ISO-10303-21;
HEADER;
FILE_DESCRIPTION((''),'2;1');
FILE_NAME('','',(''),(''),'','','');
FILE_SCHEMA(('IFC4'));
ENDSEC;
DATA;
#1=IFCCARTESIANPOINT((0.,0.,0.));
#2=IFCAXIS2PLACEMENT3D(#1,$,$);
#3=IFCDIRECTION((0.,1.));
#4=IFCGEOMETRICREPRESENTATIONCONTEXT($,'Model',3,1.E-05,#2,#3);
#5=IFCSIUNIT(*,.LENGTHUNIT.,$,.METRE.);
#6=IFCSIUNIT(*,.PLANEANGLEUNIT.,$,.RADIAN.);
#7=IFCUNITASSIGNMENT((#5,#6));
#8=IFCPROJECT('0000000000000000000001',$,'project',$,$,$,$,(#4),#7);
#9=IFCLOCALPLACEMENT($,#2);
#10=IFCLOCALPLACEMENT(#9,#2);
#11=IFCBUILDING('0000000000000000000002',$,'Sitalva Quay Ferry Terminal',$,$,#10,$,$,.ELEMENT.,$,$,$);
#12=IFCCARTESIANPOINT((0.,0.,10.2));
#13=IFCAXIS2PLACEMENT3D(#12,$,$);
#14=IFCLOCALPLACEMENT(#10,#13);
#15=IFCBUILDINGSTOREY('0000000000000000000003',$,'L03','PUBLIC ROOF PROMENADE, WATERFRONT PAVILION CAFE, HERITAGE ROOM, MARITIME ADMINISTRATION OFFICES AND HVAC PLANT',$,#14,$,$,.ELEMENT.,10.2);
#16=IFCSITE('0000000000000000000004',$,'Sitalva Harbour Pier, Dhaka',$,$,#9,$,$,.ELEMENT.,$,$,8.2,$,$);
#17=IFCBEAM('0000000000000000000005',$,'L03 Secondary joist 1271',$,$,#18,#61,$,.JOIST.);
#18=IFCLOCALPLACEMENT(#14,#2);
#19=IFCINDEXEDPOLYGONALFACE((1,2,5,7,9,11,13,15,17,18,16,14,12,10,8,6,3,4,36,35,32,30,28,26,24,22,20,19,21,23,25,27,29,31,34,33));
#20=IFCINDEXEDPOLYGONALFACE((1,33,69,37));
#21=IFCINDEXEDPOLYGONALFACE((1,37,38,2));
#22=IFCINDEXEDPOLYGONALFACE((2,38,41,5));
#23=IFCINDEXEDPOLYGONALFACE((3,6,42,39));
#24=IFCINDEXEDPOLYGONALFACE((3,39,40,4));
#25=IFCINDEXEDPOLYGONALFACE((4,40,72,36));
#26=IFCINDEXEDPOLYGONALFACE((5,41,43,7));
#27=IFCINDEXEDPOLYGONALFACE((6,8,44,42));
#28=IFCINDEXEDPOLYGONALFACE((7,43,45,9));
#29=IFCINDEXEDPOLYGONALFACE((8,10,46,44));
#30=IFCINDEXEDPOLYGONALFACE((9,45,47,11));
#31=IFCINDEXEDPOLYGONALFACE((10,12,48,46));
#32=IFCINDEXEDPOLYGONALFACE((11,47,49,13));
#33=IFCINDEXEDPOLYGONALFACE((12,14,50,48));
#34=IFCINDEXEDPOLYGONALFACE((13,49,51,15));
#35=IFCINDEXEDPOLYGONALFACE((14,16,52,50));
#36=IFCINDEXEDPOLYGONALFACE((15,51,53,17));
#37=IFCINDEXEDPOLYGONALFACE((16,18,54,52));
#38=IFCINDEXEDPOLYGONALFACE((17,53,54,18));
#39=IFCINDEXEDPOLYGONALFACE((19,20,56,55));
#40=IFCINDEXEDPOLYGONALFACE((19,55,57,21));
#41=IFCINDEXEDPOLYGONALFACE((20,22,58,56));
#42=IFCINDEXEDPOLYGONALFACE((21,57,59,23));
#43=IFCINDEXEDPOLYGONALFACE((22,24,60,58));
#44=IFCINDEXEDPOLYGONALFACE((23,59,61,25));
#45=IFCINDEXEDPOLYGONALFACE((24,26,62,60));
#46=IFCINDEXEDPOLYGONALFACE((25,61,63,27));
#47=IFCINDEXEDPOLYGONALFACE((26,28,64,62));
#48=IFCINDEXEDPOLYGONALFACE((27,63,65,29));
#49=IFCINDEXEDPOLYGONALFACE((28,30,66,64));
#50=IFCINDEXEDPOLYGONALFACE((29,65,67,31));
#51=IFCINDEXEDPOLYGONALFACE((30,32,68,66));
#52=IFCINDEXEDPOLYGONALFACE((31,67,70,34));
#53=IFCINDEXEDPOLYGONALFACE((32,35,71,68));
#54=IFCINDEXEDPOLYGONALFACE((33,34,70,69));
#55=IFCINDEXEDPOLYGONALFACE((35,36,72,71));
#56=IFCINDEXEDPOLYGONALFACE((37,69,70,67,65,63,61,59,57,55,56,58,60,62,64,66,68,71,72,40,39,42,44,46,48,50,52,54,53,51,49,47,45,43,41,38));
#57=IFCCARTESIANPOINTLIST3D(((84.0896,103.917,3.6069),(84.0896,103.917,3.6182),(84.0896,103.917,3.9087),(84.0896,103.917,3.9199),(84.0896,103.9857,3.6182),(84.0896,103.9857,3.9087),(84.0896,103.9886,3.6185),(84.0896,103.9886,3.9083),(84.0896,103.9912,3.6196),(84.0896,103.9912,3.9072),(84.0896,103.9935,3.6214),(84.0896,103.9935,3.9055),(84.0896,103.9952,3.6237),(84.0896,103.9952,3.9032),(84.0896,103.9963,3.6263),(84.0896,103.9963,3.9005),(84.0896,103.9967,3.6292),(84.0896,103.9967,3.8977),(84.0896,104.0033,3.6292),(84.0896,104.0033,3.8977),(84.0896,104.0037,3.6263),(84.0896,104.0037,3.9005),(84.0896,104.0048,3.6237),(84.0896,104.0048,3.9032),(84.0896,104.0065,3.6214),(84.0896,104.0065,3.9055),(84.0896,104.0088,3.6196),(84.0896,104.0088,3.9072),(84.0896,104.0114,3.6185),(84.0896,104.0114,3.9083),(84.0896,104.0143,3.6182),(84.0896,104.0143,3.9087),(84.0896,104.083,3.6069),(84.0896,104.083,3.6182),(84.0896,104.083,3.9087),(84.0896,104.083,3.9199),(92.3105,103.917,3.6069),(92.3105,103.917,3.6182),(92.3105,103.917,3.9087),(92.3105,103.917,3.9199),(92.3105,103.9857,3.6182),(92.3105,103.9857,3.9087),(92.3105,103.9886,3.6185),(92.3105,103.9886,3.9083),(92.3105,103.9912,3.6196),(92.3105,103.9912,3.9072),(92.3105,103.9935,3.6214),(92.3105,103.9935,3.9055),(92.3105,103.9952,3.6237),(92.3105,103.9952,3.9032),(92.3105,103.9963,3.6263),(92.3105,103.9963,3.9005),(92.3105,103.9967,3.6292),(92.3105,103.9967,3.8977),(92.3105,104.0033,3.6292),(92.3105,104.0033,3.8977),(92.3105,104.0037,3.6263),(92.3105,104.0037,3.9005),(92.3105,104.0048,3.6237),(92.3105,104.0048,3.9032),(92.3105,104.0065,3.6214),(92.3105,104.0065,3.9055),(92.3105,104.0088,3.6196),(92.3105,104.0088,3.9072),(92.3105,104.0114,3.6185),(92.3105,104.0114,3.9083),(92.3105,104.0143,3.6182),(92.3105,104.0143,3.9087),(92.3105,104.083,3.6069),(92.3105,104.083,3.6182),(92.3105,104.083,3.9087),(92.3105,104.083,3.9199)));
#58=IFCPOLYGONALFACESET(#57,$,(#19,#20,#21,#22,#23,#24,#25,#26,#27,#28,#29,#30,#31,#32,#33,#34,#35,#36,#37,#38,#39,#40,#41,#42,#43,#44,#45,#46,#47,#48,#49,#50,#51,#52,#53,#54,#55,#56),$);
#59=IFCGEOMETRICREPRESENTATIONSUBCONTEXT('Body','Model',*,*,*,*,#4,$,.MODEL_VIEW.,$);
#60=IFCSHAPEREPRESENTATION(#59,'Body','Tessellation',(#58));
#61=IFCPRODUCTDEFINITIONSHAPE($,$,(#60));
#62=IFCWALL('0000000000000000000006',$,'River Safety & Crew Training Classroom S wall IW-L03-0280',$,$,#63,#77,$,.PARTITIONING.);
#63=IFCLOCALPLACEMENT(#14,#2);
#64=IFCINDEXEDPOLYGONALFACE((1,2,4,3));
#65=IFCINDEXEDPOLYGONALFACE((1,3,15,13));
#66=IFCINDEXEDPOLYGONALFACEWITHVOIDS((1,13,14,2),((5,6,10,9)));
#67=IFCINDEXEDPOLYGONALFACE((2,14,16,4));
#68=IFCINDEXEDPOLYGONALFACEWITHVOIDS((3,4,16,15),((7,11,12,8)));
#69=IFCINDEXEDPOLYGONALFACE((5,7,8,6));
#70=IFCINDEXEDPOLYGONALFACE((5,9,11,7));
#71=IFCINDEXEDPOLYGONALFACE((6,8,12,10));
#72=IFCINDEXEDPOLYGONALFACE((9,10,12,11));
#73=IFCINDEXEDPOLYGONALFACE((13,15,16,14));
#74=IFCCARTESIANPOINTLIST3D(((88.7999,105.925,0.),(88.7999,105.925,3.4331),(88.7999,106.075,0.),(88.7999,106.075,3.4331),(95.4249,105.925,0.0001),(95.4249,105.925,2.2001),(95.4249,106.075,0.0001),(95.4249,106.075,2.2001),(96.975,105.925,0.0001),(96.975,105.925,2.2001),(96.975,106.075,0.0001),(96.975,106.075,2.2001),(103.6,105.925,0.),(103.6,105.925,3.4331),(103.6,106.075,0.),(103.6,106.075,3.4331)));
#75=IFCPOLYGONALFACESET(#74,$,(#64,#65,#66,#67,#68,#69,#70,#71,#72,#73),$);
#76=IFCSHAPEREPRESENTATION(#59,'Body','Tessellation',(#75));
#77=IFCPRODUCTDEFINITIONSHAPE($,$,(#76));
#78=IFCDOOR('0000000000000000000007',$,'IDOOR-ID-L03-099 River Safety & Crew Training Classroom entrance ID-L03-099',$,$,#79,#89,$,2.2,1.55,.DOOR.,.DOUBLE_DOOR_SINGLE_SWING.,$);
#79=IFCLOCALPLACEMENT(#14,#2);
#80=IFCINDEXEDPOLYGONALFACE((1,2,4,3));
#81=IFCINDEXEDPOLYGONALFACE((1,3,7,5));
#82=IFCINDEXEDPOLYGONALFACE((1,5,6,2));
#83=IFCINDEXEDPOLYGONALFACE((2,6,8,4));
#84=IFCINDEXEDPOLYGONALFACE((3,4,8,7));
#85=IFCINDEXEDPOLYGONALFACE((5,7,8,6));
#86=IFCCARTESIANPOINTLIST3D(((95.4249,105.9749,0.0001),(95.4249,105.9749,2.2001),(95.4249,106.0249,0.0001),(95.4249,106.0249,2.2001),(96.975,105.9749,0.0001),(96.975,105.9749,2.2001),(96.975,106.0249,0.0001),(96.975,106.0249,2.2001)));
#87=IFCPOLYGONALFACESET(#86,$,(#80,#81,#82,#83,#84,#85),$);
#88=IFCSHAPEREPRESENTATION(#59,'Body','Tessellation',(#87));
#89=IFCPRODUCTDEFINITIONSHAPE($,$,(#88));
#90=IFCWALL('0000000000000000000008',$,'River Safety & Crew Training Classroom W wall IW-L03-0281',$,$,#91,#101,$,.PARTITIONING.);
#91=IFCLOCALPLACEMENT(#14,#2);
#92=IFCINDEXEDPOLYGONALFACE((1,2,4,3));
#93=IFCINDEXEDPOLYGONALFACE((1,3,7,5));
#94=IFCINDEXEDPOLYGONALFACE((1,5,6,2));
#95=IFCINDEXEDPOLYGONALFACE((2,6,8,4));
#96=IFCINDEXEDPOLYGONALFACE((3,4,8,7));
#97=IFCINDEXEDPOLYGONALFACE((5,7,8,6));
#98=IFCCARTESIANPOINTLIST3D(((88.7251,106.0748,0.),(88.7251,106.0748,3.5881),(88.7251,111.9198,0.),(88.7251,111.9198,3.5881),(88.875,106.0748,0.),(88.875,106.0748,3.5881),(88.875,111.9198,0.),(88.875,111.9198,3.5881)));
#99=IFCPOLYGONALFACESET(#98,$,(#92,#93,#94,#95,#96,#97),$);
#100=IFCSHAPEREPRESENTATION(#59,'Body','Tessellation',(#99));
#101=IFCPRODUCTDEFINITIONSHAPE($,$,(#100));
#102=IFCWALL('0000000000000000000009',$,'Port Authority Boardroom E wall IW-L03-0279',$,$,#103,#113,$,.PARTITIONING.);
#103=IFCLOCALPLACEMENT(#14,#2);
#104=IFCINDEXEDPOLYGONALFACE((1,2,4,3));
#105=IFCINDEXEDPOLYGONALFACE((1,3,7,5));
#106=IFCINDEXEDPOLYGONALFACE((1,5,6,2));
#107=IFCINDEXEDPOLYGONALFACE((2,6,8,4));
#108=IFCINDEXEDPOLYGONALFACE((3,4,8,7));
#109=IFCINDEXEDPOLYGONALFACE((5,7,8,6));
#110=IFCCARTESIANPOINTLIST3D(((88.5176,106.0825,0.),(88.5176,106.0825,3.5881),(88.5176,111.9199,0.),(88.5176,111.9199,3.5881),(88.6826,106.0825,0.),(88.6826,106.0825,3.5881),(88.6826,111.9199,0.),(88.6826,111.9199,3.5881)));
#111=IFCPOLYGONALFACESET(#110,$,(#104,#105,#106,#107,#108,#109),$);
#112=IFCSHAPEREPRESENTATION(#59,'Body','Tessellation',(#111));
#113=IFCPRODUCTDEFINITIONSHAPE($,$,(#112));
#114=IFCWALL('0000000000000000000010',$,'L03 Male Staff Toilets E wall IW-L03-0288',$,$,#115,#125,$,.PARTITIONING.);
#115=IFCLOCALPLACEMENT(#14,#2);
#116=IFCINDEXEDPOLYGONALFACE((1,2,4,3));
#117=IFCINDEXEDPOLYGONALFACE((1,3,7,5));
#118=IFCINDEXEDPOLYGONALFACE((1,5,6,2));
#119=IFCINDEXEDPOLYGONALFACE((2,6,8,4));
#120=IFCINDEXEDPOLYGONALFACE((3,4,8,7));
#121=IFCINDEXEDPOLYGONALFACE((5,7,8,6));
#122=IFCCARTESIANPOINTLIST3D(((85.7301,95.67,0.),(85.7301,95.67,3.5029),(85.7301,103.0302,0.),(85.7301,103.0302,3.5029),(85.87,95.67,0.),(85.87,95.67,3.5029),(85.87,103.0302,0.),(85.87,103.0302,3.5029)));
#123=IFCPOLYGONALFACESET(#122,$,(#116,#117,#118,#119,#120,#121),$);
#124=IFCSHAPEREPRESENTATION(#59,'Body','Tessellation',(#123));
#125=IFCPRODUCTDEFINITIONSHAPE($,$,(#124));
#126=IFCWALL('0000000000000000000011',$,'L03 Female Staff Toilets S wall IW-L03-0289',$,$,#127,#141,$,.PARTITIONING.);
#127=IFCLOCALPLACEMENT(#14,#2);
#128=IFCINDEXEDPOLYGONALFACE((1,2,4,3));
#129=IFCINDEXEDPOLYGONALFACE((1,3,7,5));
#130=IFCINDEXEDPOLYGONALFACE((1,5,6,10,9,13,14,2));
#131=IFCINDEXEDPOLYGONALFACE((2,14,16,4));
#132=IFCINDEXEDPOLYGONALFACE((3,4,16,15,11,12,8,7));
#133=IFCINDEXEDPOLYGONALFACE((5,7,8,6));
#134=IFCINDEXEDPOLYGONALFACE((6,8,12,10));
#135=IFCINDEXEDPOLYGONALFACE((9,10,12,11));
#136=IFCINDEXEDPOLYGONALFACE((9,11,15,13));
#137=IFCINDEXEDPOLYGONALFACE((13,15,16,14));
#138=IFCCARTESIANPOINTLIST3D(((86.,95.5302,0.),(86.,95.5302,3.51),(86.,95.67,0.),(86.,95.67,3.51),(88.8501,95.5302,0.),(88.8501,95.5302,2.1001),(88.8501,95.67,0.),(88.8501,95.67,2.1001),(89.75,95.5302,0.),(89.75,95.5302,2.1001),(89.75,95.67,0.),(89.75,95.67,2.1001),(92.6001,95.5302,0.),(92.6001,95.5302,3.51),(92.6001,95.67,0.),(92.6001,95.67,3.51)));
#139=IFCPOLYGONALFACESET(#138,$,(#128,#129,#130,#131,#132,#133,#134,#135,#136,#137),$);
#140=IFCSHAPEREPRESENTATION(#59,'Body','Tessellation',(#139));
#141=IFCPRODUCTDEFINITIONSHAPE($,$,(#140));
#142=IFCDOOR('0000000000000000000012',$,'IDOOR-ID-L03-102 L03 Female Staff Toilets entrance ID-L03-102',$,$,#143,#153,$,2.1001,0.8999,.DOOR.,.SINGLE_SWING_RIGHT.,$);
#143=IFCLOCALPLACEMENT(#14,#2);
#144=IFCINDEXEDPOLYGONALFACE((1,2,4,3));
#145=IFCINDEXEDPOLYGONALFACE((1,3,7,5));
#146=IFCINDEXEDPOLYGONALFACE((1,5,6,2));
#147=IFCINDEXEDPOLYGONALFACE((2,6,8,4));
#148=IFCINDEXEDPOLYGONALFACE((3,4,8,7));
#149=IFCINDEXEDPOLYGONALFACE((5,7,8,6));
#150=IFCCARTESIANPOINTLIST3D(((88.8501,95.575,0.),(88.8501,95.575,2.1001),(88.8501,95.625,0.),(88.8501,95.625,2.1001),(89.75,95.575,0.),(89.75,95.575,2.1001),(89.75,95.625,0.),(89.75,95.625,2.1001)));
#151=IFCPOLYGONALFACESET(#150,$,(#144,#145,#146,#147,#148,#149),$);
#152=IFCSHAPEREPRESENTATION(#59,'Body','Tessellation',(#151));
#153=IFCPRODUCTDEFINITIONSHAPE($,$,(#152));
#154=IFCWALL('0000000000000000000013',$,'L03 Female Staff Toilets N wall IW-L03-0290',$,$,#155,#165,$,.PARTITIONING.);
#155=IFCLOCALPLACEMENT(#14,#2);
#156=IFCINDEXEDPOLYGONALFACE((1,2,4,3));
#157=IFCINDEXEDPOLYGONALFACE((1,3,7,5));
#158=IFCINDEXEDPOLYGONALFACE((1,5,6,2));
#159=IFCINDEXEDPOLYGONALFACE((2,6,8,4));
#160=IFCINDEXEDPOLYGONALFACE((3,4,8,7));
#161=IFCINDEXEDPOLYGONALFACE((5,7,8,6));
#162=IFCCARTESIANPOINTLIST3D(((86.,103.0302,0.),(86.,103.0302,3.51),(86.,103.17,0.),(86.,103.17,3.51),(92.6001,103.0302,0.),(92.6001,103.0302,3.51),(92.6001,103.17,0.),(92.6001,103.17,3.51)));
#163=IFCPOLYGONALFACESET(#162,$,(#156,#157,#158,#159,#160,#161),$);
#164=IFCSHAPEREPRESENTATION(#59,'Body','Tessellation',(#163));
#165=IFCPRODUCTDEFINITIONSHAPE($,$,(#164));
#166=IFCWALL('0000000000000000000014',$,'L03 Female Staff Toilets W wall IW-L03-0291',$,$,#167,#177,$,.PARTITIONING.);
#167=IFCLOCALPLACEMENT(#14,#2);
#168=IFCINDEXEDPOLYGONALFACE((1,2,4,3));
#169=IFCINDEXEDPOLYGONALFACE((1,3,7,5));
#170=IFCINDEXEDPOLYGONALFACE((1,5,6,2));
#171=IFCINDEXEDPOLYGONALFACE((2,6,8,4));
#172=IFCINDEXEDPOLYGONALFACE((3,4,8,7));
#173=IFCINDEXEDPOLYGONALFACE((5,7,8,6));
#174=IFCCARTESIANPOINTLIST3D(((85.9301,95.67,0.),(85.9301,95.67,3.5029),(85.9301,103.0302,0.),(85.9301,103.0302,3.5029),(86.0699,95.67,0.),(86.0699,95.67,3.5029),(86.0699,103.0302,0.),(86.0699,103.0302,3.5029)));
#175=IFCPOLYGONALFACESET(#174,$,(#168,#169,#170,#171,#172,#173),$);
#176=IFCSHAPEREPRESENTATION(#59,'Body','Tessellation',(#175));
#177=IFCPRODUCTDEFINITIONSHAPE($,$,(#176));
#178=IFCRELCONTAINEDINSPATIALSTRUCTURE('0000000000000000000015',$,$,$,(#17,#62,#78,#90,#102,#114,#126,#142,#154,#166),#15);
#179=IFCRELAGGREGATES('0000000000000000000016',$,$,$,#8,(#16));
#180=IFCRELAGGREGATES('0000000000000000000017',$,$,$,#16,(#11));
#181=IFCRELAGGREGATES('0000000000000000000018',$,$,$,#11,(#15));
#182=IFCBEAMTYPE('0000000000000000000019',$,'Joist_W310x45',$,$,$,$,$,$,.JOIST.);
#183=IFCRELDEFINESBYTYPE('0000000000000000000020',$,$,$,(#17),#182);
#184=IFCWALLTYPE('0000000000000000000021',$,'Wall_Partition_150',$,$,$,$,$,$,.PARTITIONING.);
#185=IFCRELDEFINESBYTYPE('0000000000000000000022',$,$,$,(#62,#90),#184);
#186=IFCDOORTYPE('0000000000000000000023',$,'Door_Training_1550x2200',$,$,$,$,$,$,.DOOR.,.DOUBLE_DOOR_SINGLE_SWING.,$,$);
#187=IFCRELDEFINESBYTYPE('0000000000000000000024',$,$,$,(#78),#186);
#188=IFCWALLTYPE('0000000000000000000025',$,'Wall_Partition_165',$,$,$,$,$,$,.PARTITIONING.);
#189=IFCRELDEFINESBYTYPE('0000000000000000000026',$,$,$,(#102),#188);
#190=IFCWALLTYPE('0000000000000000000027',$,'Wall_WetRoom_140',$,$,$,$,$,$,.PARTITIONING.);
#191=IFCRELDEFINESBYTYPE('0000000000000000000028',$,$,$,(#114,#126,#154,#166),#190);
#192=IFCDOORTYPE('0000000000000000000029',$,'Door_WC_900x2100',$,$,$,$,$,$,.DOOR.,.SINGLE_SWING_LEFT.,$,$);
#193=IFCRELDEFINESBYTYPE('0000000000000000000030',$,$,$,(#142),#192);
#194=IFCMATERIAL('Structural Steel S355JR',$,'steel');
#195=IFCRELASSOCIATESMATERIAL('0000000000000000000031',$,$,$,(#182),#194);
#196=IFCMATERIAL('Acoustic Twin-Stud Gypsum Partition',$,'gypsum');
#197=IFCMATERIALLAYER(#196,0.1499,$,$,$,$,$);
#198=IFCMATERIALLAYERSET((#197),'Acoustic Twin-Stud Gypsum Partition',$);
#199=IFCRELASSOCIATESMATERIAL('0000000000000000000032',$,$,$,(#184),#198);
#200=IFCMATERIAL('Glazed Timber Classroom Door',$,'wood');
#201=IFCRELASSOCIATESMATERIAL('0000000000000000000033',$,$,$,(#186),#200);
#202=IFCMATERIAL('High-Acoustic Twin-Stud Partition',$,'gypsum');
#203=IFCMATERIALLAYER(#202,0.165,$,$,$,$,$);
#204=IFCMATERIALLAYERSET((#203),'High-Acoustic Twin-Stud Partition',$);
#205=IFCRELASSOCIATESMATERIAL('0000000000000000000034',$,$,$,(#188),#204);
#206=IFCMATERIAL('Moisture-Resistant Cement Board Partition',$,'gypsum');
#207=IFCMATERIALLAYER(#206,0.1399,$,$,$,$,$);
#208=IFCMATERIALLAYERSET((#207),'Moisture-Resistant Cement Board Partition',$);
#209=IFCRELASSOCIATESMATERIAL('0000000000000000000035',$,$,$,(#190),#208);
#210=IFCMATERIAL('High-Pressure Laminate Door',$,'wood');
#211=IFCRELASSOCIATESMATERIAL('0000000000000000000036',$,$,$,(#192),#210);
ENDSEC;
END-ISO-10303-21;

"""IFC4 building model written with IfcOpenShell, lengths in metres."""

from ifc_helpers import new_model, si_unit, direction, frame, frame_2d, origin, origin_2d, place, context, subcontext, project, spatial, rectangle, i_section, extrude, material, layer, layer_set, material_profile, profile_set, type_object, element, fill, save


model = new_model("IFC4")

# Units and contexts
model_context = context("Model", 3, precision=1e-05, world=origin(), true_north=direction((0.0, 1.0)))
body_context = subcontext(model_context, "Body", "Model", "MODEL_VIEW")
ifc_project = project(units=[si_unit("LENGTHUNIT", "METRE"), si_unit("PLANEANGLEUNIT", "RADIAN")], contexts=[model_context])

# Site, building, storey
site_placement = place(None, origin())
site = spatial("IfcSite", under=ifc_project, at=site_placement, Name="Sitalva Harbour Pier, Dhaka", CompositionType="ELEMENT", RefElevation=8.2)
building_placement = place(site_placement, origin())
building = spatial("IfcBuilding", under=site, at=building_placement, Name="Sitalva Quay Ferry Terminal", CompositionType="ELEMENT")
storey_placement = place(building_placement, frame((0.0, 0.0, 10.2)))
storey = spatial("IfcBuildingStorey", under=building, at=storey_placement, Name="L03", Description="PUBLIC ROOF PROMENADE, WATERFRONT PAVILION CAFE, HERITAGE ROOM, MARITIME ADMINISTRATION OFFICES AND HVAC PLANT", CompositionType="ELEMENT", Elevation=10.2)

# Beam
ifc_material_1 = material(Name="Structural Steel S355JR", Category="steel")
ifc_material_profile_1 = material_profile(ifc_material_1, i_section(OverallWidth=0.166, OverallDepth=0.313, WebThickness=0.0066, FlangeThickness=0.0112, FilletRadius=0.011, at=origin_2d()), Name="W310x45")
ifc_profile_set_1 = profile_set([ifc_material_profile_1], Name="Structural Steel S355JR")
beam_type_1 = type_object("IfcBeamType", Name="Joist_W310x45", PredefinedType="JOIST", material=ifc_profile_set_1)
for number, where, z_axis, x_axis, name in (
    (1, (84.0896, 104.0, 3.7634), (1.0, 0.0, 0.0), (0.0, 1.0, 0.0), "L03 Secondary joist 1271"),
):
    element("IfcBeam", number, at=place(storey_placement, frame(where, z_axis=z_axis, x_axis=x_axis)), inside=storey, type_object=beam_type_1, Name=name, PredefinedType="JOIST", context=body_context, shape_type="SweptSolid", body=[
        extrude(i_section(OverallWidth=0.166, OverallDepth=0.313, WebThickness=0.0066, FlangeThickness=0.0112, FilletRadius=0.011, at=origin_2d()), origin(), (0.0, 0.0, 1.0), 8.2209),
    ])

# Wall, opening, door
ifc_material_2 = material(Name="Acoustic Twin-Stud Gypsum Partition", Category="gypsum")
ifc_layer_1 = layer(ifc_material_2, 0.1499)
ifc_layer_set_1 = layer_set([ifc_layer_1], Name="Acoustic Twin-Stud Gypsum Partition")
wall_type_1 = type_object("IfcWallType", Name="Wall_Partition_150", PredefinedType="PARTITIONING", material=ifc_layer_set_1)
wall_1_placement = place(storey_placement, frame((88.8, 106.0, 0.0), z_axis=(0.0, 0.0, 1.0), x_axis=(1.0, 0.0, 0.0)))
wall_1 = element("IfcWall", 2, at=wall_1_placement, inside=storey, type_object=wall_type_1, Name="River Safety & Crew Training Classroom S wall IW-L03-0280", PredefinedType="PARTITIONING", context=body_context, shape_type="SweptSolid", body=[
    extrude(rectangle(XDim=14.8, YDim=0.1499, at=frame_2d((7.3999, 0.0))), origin(), (0.0, 0.0, 1.0), 3.4331),
])
opening_1_placement = place(wall_1_placement, frame((6.625, 0.0, 0.0)))
opening_1 = element("IfcOpeningElement", 3, at=opening_1_placement, cuts=wall_1, PredefinedType="OPENING", context=body_context, shape_type="SweptSolid", body=[
    extrude(rectangle(XDim=1.55, YDim=2.2, at=frame_2d((0.7749, 1.1001))), frame((0.0, 0.085, 0.0), z_axis=(0.0, -1.0, 0.0), x_axis=(1.0, 0.0, 0.0)), (0.0, 0.0, 1.0), 0.1699),
])
ifc_material_3 = material(Name="Glazed Timber Classroom Door", Category="wood")
door_type_1 = type_object("IfcDoorType", Name="Door_Training_1550x2200", OperationType="DOUBLE_DOOR_SINGLE_SWING", PredefinedType="DOOR", material=ifc_material_3)
door_1_placement = place(opening_1_placement, origin())
door_1 = element("IfcDoor", 4, at=door_1_placement, inside=storey, type_object=door_type_1, Name="IDOOR-ID-L03-099 River Safety & Crew Training Classroom entrance ID-L03-099", OperationType="DOUBLE_DOOR_SINGLE_SWING", OverallHeight=2.2, OverallWidth=1.55, PredefinedType="DOOR", context=body_context, shape_type="SweptSolid", body=[
    extrude(rectangle(XDim=1.55, YDim=2.2, at=frame_2d((0.7749, 1.1001))), frame((0.0, 0.0249, 0.0), z_axis=(0.0, -1.0, 0.0), x_axis=(1.0, 0.0, 0.0)), (0.0, 0.0, 1.0), 0.05),
])
fill(opening_1, door_1)

# Walls
wall_2_placement = place(storey_placement, frame((88.8, 106.075, 0.0), z_axis=(0.0, 0.0, 1.0), x_axis=(0.0, 1.0, 0.0)))
element("IfcWall", 5, at=wall_2_placement, inside=storey, type_object=wall_type_1, Name="River Safety & Crew Training Classroom W wall IW-L03-0281", PredefinedType="PARTITIONING", context=body_context, shape_type="SweptSolid", body=[
    extrude(rectangle(XDim=5.845, YDim=0.1499, at=frame_2d((2.9224, 0.0))), origin(), (0.0, 0.0, 1.0), 3.5881),
])
ifc_material_4 = material(Name="High-Acoustic Twin-Stud Partition", Category="gypsum")
ifc_layer_2 = layer(ifc_material_4, 0.165)
ifc_layer_set_2 = layer_set([ifc_layer_2], Name="High-Acoustic Twin-Stud Partition")
wall_type_2 = type_object("IfcWallType", Name="Wall_Partition_165", PredefinedType="PARTITIONING", material=ifc_layer_set_2)
wall_3_placement = place(storey_placement, frame((88.6001, 106.0825, 0.0), z_axis=(0.0, 0.0, 1.0), x_axis=(0.0, 1.0, 0.0)))
element("IfcWall", 6, at=wall_3_placement, inside=storey, type_object=wall_type_2, Name="Port Authority Boardroom E wall IW-L03-0279", PredefinedType="PARTITIONING", context=body_context, shape_type="SweptSolid", body=[
    extrude(rectangle(XDim=5.8374, YDim=0.165, at=frame_2d((2.9187, 0.0))), origin(), (0.0, 0.0, 1.0), 3.5881),
])
ifc_material_5 = material(Name="Moisture-Resistant Cement Board Partition", Category="gypsum")
ifc_layer_3 = layer(ifc_material_5, 0.1399)
ifc_layer_set_3 = layer_set([ifc_layer_3], Name="Moisture-Resistant Cement Board Partition")
wall_type_3 = type_object("IfcWallType", Name="Wall_WetRoom_140", PredefinedType="PARTITIONING", material=ifc_layer_set_3)
wall_4_placement = place(storey_placement, frame((85.8, 95.6699, 0.0), z_axis=(0.0, 0.0, 1.0), x_axis=(0.0, 1.0, 0.0)))
element("IfcWall", 7, at=wall_4_placement, inside=storey, type_object=wall_type_3, Name="L03 Male Staff Toilets E wall IW-L03-0288", PredefinedType="PARTITIONING", context=body_context, shape_type="SweptSolid", body=[
    extrude(rectangle(XDim=7.3601, YDim=0.1399, at=frame_2d((3.6802, 0.0))), origin(), (0.0, 0.0, 1.0), 3.5029),
])

# Wall, opening, door
wall_5_placement = place(storey_placement, frame((86.0, 95.6001, 0.0), z_axis=(0.0, 0.0, 1.0), x_axis=(1.0, 0.0, 0.0)))
wall_5 = element("IfcWall", 8, at=wall_5_placement, inside=storey, type_object=wall_type_3, Name="L03 Female Staff Toilets S wall IW-L03-0289", PredefinedType="PARTITIONING", context=body_context, shape_type="SweptSolid", body=[
    extrude(rectangle(XDim=6.6001, YDim=0.1399, at=frame_2d((3.3, 0.0))), origin(), (0.0, 0.0, 1.0), 3.51),
])
opening_2_placement = place(wall_5_placement, frame((2.8501, 0.0, 0.0)))
opening_2 = element("IfcOpeningElement", 9, at=opening_2_placement, cuts=wall_5, PredefinedType="OPENING", context=body_context, shape_type="SweptSolid", body=[
    extrude(rectangle(XDim=0.8999, YDim=2.1001, at=frame_2d((0.45, 1.05))), frame((0.0, 0.0798, 0.0), z_axis=(0.0, -1.0, 0.0), x_axis=(1.0, 0.0, 0.0)), (0.0, 0.0, 1.0), 0.1599),
])
ifc_material_6 = material(Name="High-Pressure Laminate Door", Category="wood")
door_type_2 = type_object("IfcDoorType", Name="Door_WC_900x2100", OperationType="SINGLE_SWING_LEFT", PredefinedType="DOOR", material=ifc_material_6)
door_2_placement = place(opening_2_placement, origin())
door_2 = element("IfcDoor", 10, at=door_2_placement, inside=storey, type_object=door_type_2, Name="IDOOR-ID-L03-102 L03 Female Staff Toilets entrance ID-L03-102", OperationType="SINGLE_SWING_RIGHT", OverallHeight=2.1001, OverallWidth=0.8999, PredefinedType="DOOR", context=body_context, shape_type="SweptSolid", body=[
    extrude(rectangle(XDim=0.8999, YDim=2.1001, at=frame_2d((0.45, 1.05))), frame((0.0, 0.0249, 0.0), z_axis=(0.0, -1.0, 0.0), x_axis=(1.0, 0.0, 0.0)), (0.0, 0.0, 1.0), 0.05),
])
fill(opening_2, door_2)

# Walls
wall_6_placement = place(storey_placement, frame((86.0, 103.1001, 0.0), z_axis=(0.0, 0.0, 1.0), x_axis=(1.0, 0.0, 0.0)))
element("IfcWall", 11, at=wall_6_placement, inside=storey, type_object=wall_type_3, Name="L03 Female Staff Toilets N wall IW-L03-0290", PredefinedType="PARTITIONING", context=body_context, shape_type="SweptSolid", body=[
    extrude(rectangle(XDim=6.6001, YDim=0.1399, at=frame_2d((3.3, 0.0))), origin(), (0.0, 0.0, 1.0), 3.51),
])
wall_7_placement = place(storey_placement, frame((86.0, 95.6699, 0.0), z_axis=(0.0, 0.0, 1.0), x_axis=(0.0, 1.0, 0.0)))
element("IfcWall", 12, at=wall_7_placement, inside=storey, type_object=wall_type_3, Name="L03 Female Staff Toilets W wall IW-L03-0291", PredefinedType="PARTITIONING", context=body_context, shape_type="SweptSolid", body=[
    extrude(rectangle(XDim=7.3601, YDim=0.1399, at=frame_2d((3.6802, 0.0))), origin(), (0.0, 0.0, 1.0), 3.5029),
])

save(model, "model.ifc")
